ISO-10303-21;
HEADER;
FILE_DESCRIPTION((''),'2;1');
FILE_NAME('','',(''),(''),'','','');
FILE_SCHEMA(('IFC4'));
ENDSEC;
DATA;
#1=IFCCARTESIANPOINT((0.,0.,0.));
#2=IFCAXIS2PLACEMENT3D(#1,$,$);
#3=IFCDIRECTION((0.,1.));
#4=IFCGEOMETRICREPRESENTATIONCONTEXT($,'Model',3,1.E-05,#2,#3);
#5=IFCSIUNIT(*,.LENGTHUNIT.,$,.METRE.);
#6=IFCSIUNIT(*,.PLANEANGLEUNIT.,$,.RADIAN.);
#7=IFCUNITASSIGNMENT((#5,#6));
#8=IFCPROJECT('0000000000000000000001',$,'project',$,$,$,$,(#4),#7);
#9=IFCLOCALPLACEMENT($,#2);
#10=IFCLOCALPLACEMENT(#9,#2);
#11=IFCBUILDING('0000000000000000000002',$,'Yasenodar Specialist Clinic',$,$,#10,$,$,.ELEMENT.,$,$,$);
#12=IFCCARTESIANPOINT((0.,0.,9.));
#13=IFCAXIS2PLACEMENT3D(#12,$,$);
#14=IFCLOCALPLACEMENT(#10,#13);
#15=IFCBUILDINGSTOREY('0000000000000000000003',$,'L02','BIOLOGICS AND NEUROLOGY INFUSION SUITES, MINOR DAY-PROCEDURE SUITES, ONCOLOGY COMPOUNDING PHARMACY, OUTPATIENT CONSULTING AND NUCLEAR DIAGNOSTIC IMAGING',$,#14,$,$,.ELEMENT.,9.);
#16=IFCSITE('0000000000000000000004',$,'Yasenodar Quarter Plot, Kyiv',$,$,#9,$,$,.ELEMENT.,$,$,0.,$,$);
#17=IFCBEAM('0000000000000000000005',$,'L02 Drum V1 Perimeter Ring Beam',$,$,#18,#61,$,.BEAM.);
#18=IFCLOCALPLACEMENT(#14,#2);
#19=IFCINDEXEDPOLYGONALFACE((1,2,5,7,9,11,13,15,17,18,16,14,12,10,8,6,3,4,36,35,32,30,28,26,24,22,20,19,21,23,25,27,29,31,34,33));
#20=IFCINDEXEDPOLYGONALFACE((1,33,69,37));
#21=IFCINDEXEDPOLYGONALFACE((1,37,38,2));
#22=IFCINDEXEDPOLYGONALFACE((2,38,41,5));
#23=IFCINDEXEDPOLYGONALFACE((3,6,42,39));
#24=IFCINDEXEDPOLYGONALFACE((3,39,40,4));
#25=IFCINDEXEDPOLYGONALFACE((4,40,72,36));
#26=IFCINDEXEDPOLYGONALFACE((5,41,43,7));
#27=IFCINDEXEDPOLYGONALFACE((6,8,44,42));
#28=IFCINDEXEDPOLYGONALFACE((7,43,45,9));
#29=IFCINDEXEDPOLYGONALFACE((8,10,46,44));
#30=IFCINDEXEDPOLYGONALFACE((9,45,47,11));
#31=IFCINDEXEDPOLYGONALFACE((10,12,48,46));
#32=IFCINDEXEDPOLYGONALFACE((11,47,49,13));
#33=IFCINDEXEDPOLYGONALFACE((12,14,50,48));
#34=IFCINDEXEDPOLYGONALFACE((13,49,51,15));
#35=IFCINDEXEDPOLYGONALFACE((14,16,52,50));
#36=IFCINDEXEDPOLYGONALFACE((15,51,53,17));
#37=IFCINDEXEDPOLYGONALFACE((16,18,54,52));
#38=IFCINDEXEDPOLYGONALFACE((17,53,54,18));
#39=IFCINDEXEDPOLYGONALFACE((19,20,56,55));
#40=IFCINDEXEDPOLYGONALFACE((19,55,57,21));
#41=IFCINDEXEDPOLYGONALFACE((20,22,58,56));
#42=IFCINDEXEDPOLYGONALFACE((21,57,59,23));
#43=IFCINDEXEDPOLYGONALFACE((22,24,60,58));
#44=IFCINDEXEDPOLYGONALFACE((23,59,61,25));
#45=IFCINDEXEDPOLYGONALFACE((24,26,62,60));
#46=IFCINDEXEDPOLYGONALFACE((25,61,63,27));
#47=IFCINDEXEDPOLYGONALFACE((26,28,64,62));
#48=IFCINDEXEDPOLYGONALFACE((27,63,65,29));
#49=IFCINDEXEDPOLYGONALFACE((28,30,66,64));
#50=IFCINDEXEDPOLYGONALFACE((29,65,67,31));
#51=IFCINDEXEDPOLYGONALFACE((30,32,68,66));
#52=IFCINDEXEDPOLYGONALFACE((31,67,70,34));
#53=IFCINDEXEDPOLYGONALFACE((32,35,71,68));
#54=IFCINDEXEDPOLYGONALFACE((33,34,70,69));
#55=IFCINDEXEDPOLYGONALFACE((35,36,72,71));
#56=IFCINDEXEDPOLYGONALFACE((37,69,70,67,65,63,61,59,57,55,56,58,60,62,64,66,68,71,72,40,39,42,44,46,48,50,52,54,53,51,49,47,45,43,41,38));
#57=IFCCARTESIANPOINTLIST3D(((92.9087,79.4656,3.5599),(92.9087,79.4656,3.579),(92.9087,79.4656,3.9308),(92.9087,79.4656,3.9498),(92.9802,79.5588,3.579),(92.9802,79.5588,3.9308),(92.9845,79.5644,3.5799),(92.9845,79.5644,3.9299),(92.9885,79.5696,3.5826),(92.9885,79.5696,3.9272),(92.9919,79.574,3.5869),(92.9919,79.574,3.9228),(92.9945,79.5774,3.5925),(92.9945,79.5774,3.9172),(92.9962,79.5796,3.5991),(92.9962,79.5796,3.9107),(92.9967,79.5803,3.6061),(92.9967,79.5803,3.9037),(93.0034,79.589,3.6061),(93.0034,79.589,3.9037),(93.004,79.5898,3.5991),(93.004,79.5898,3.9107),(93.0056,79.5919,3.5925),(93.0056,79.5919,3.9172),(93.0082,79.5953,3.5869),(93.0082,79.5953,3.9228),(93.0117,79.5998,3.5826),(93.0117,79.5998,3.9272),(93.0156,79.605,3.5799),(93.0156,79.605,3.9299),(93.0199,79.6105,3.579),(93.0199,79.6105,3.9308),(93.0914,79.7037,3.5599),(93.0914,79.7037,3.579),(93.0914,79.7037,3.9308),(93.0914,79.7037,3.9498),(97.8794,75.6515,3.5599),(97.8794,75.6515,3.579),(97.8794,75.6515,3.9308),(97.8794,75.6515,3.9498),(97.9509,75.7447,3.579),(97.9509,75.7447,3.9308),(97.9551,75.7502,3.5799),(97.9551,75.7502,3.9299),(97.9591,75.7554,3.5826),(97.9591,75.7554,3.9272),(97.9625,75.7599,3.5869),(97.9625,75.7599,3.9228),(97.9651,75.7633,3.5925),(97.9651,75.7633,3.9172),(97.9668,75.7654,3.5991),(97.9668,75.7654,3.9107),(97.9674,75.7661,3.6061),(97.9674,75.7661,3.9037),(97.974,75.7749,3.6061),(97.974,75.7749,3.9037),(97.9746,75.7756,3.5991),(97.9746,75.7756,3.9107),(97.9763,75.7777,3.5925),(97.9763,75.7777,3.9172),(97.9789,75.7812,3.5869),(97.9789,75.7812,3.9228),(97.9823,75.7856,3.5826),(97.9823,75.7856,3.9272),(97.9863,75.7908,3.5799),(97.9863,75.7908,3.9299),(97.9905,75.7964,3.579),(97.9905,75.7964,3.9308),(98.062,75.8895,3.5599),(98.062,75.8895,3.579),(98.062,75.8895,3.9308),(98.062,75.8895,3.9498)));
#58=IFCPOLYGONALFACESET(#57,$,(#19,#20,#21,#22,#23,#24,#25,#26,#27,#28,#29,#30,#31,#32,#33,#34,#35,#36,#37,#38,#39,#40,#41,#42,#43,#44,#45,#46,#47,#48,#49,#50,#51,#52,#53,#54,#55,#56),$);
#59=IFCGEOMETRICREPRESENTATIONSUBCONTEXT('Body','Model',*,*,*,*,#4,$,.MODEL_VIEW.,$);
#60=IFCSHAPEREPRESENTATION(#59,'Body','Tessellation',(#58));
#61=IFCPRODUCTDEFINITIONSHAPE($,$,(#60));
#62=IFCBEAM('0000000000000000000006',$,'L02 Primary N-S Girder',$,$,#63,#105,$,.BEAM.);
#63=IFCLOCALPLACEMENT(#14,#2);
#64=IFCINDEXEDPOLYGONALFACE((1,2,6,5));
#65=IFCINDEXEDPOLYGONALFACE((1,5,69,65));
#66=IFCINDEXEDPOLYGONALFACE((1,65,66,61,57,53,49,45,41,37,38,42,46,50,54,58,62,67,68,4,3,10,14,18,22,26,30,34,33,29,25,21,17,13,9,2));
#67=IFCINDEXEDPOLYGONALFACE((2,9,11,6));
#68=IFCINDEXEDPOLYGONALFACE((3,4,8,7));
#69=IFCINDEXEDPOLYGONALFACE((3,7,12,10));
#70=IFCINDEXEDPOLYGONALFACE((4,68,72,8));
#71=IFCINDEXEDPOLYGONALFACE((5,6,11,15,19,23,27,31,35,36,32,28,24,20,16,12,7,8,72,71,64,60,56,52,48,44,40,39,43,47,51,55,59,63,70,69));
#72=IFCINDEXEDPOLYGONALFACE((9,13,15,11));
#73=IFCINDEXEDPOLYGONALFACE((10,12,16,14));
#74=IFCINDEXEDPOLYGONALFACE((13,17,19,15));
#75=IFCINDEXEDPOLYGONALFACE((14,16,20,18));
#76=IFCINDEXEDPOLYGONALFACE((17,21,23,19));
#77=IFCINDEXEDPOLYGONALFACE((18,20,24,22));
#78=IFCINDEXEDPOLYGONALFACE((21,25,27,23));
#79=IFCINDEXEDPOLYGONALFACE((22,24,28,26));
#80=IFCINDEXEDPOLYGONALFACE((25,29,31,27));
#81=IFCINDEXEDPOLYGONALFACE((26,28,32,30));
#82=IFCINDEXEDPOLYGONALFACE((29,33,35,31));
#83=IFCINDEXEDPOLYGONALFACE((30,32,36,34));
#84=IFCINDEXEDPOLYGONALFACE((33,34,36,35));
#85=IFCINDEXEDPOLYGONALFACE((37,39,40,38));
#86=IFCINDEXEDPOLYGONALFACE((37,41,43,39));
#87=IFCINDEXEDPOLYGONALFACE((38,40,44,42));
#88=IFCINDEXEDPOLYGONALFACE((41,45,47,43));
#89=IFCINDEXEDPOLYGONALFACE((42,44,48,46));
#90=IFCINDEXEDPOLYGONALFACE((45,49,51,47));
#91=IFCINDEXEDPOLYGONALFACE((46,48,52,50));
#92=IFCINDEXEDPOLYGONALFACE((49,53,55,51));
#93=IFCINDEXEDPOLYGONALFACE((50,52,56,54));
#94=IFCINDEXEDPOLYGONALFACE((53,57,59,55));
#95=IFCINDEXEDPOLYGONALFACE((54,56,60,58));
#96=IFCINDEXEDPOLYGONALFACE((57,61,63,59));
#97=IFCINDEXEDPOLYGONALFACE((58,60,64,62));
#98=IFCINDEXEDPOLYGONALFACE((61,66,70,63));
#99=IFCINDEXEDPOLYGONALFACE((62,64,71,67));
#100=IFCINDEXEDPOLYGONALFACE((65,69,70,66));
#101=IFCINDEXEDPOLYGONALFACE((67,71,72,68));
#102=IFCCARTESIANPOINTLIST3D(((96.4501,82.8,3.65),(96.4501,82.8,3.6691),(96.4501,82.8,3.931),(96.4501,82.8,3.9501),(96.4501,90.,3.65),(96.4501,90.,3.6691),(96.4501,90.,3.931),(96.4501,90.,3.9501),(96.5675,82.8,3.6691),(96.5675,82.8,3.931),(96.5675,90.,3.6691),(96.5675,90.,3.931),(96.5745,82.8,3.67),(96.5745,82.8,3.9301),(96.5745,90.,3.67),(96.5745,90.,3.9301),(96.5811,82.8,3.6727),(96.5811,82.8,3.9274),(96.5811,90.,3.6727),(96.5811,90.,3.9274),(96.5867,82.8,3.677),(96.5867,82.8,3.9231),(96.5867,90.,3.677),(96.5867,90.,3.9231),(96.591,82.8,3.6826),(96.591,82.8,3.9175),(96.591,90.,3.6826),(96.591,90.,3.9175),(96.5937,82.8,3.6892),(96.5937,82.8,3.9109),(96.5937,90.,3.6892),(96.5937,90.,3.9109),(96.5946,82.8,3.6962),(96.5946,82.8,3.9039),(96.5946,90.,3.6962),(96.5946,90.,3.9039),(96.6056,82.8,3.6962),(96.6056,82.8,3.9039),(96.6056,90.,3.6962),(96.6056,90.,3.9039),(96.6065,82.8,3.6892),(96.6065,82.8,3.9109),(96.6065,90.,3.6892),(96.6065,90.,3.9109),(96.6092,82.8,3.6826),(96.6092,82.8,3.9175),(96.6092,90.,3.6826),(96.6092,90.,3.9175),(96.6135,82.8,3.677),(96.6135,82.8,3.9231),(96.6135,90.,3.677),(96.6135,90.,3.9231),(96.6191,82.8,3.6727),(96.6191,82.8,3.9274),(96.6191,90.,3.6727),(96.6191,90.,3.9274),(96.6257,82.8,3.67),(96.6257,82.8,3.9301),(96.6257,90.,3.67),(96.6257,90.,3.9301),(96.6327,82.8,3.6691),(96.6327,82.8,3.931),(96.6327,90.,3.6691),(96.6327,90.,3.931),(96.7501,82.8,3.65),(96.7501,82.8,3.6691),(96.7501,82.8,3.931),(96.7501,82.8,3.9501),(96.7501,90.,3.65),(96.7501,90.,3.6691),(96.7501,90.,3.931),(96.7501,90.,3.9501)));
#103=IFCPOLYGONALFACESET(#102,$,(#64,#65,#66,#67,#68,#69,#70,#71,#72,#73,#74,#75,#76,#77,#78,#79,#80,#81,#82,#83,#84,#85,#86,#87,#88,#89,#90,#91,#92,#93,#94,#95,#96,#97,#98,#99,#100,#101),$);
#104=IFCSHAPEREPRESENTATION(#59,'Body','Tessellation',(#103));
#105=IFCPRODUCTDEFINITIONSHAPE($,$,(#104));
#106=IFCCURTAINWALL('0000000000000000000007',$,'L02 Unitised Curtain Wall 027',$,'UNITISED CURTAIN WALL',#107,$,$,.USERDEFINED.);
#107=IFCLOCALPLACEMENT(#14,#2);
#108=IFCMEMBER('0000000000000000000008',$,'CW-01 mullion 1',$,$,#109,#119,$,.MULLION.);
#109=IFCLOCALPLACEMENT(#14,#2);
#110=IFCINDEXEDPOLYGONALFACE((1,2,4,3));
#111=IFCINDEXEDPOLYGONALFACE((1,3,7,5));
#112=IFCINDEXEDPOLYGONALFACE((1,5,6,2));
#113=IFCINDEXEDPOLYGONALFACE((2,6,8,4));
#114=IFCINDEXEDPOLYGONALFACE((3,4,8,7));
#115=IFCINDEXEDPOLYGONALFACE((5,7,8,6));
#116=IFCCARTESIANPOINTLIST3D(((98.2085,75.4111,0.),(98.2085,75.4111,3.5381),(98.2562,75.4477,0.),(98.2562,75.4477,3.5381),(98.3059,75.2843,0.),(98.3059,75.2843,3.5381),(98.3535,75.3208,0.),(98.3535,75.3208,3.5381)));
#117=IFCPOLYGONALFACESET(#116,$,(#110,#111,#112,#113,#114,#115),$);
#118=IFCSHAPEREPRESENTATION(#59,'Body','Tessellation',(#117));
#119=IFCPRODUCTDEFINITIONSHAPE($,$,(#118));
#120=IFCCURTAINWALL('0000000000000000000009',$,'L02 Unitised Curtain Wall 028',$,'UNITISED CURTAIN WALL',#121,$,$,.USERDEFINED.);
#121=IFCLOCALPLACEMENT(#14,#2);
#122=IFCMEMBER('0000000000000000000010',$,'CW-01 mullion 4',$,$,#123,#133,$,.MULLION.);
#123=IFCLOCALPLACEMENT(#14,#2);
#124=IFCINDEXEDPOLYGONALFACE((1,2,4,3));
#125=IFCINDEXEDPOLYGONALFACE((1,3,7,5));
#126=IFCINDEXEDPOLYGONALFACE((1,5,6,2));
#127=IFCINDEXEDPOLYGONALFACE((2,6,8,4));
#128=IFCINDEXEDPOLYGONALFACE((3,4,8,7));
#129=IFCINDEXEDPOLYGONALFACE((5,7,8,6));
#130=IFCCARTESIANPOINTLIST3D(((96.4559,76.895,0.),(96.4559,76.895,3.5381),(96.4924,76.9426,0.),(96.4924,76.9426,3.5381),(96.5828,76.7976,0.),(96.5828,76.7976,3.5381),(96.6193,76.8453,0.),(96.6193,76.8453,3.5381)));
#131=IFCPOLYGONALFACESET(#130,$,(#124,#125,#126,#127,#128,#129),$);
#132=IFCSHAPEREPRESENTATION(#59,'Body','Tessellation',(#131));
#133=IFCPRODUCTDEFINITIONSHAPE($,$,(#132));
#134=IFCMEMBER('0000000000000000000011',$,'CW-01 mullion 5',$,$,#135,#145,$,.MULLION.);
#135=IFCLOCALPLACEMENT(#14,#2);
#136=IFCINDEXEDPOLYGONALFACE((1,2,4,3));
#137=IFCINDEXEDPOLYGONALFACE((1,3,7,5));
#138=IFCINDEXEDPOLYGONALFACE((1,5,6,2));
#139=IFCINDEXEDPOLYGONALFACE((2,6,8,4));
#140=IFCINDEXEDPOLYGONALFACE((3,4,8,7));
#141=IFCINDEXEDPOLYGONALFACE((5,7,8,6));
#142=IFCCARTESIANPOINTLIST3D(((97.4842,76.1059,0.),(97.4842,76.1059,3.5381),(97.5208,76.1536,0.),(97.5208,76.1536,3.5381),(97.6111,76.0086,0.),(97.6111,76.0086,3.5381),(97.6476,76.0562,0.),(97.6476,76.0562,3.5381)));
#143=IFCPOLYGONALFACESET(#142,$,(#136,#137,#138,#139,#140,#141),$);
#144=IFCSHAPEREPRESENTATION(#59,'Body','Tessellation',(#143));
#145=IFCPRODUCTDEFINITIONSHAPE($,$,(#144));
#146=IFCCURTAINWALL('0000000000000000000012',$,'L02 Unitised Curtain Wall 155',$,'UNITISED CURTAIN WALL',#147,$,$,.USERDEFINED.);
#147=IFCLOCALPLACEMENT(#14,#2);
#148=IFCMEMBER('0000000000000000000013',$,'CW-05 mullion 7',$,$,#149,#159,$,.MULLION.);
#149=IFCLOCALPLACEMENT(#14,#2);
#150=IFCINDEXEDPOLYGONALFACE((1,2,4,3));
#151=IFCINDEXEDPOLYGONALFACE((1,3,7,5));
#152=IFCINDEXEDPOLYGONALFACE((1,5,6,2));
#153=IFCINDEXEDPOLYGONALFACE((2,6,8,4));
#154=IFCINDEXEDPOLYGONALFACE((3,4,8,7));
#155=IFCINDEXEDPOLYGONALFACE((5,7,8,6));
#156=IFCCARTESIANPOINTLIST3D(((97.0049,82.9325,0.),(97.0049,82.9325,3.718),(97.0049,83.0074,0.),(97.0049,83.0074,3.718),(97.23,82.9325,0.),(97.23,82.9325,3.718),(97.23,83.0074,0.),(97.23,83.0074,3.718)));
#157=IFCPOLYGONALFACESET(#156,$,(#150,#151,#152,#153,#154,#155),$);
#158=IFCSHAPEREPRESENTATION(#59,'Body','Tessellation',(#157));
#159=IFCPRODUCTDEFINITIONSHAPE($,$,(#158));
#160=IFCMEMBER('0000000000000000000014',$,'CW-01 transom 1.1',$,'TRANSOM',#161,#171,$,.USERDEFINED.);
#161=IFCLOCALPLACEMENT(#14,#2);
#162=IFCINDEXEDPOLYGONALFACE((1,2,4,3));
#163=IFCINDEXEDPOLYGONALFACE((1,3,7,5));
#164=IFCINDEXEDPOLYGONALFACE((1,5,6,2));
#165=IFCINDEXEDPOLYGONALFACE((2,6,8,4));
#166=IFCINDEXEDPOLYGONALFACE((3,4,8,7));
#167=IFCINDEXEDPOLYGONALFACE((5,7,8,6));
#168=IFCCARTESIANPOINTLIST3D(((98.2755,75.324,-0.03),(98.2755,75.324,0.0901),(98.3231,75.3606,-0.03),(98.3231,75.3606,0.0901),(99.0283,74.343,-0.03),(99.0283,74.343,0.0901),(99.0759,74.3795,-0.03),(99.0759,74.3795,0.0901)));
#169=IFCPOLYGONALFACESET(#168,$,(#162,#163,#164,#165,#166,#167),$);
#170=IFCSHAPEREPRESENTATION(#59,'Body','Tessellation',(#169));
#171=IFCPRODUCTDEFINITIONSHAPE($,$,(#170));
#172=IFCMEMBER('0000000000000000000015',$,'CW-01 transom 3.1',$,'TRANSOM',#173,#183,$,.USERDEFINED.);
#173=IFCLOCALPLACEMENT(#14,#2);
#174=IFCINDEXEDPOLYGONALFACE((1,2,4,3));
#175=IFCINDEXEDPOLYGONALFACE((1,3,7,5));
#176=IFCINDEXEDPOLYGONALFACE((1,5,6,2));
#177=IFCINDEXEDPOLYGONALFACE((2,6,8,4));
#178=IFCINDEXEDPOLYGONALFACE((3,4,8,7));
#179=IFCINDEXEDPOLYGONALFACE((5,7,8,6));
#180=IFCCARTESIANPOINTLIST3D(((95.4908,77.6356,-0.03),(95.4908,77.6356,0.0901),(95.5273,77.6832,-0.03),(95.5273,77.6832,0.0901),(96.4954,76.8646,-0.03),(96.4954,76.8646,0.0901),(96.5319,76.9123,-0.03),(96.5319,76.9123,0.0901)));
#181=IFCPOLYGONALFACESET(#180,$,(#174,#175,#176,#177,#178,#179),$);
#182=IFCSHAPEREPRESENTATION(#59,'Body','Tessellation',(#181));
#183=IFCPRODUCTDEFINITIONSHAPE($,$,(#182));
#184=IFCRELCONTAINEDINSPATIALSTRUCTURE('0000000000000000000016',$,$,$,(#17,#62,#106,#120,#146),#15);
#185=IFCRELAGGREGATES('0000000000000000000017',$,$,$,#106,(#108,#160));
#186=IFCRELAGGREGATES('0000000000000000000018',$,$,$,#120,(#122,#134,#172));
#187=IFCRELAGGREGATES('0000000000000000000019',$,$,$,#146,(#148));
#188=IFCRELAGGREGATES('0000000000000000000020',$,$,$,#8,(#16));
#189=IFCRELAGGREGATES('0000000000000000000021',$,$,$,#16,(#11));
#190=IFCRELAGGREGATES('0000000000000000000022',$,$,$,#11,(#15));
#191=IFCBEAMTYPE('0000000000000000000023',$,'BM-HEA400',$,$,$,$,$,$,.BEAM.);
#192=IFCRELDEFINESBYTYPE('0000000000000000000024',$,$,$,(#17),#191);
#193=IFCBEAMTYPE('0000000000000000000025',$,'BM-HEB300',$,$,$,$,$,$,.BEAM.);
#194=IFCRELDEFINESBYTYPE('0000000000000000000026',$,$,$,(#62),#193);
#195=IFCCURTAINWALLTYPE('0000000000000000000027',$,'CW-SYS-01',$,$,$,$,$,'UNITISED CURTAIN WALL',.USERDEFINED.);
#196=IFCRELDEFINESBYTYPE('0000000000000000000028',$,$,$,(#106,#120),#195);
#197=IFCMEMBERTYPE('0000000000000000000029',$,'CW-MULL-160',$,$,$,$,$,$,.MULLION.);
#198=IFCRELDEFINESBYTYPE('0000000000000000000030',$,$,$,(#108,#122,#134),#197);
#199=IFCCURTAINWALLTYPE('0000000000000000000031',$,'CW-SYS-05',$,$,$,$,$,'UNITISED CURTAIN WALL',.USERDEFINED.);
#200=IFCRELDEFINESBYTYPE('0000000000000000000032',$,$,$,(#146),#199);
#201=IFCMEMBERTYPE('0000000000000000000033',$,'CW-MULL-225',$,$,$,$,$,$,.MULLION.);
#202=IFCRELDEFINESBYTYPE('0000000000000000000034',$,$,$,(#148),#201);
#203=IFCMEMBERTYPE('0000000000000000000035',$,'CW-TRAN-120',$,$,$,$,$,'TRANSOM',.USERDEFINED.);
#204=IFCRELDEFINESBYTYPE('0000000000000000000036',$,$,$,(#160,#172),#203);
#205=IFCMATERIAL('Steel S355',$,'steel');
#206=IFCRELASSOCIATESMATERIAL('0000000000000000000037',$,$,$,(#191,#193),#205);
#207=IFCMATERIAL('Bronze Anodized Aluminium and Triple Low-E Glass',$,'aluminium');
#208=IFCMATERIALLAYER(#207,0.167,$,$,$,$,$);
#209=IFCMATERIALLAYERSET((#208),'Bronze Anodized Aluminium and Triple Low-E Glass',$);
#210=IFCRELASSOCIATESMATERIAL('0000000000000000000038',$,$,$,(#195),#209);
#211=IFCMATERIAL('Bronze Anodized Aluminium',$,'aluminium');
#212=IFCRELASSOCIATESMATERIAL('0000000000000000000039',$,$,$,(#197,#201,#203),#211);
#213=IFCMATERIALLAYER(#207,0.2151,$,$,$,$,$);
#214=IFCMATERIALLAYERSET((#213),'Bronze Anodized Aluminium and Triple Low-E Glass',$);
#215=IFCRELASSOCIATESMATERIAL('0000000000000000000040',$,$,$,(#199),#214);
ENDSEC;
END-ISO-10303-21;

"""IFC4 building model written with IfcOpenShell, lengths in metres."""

from ifc_helpers import new_model, si_unit, direction, frame, origin, origin_2d, place, context, subcontext, project, spatial, rectangle, i_section, extrude, material, layer, layer_set, material_profile, profile_set, type_object, element, aggregate, save


model = new_model("IFC4")

# Units and contexts
model_context = context("Model", 3, precision=1e-05, world=origin(), true_north=direction((0.0, 1.0)))
body_context = subcontext(model_context, "Body", "Model", "MODEL_VIEW")
ifc_project = project(units=[si_unit("LENGTHUNIT", "METRE"), si_unit("PLANEANGLEUNIT", "RADIAN")], contexts=[model_context])

# Site, building, storey
site_placement = place(None, origin())
site = spatial("IfcSite", under=ifc_project, at=site_placement, Name="Yasenodar Quarter Plot, Kyiv", CompositionType="ELEMENT", RefElevation=0.0)
building_placement = place(site_placement, origin())
building = spatial("IfcBuilding", under=site, at=building_placement, Name="Yasenodar Specialist Clinic", CompositionType="ELEMENT")
storey_placement = place(building_placement, frame((0.0, 0.0, 9.0)))
storey = spatial("IfcBuildingStorey", under=building, at=storey_placement, Name="L02", Description="BIOLOGICS AND NEUROLOGY INFUSION SUITES, MINOR DAY-PROCEDURE SUITES, ONCOLOGY COMPOUNDING PHARMACY, OUTPATIENT CONSULTING AND NUCLEAR DIAGNOSTIC IMAGING", CompositionType="ELEMENT", Elevation=9.0)

# Shared definitions
ifc_material_1 = material(Name="Steel S355", Category="steel")

# Beams
ifc_material_profile_1 = material_profile(ifc_material_1, i_section(OverallWidth=0.3, OverallDepth=0.3899, WebThickness=0.011, FlangeThickness=0.019, FilletRadius=0.0271, at=origin_2d()), Name="HEA 400")
ifc_profile_set_1 = profile_set([ifc_material_profile_1], Name="Steel S355")
beam_type_1 = type_object("IfcBeamType", Name="BM-HEA400", PredefinedType="BEAM", material=ifc_profile_set_1)
beam_1_placement = place(storey_placement, frame((97.9707, 75.7705, 3.7549), z_axis=(-0.793349, 0.608767, 0.0), x_axis=(-0.608767, -0.793349, 0.0)))
element("IfcBeam", 1, at=beam_1_placement, inside=storey, type_object=beam_type_1, Name="L02 Drum V1 Perimeter Ring Beam", PredefinedType="BEAM", context=body_context, shape_type="SweptSolid", body=[
    extrude(i_section(OverallWidth=0.3, OverallDepth=0.3899, WebThickness=0.011, FlangeThickness=0.019, FilletRadius=0.0271, at=origin_2d()), origin(), (0.0, 0.0, 1.0), 6.2654),
])
ifc_material_profile_2 = material_profile(ifc_material_1, i_section(OverallWidth=0.3, OverallDepth=0.3, WebThickness=0.011, FlangeThickness=0.019, FilletRadius=0.0271, at=origin_2d()), Name="HEB 300")
ifc_profile_set_2 = profile_set([ifc_material_profile_2], Name="Steel S355")
beam_type_2 = type_object("IfcBeamType", Name="BM-HEB300", PredefinedType="BEAM", material=ifc_profile_set_2)
beam_2_placement = place(storey_placement, frame((96.6001, 82.8, 3.8), z_axis=(0.0, 1.0, 0.0), x_axis=(-1.0, 0.0, 0.0)))
element("IfcBeam", 2, at=beam_2_placement, inside=storey, type_object=beam_type_2, Name="L02 Primary N-S Girder", PredefinedType="BEAM", context=body_context, shape_type="SweptSolid", body=[
    extrude(i_section(OverallWidth=0.3, OverallDepth=0.3, WebThickness=0.011, FlangeThickness=0.019, FilletRadius=0.0271, at=origin_2d()), origin(), (0.0, 0.0, 1.0), 7.2),
])

# Curtain wall, member
ifc_material_2 = material(Name="Bronze Anodized Aluminium and Triple Low-E Glass", Category="aluminium")
ifc_layer_1 = layer(ifc_material_2, 0.167)
ifc_layer_set_1 = layer_set([ifc_layer_1], Name="Bronze Anodized Aluminium and Triple Low-E Glass")
curtain_wall_type_1 = type_object("IfcCurtainWallType", Name="CW-SYS-01", ElementType="UNITISED CURTAIN WALL", PredefinedType="USERDEFINED", material=ifc_layer_set_1)
curtain_wall_1_placement = place(storey_placement, origin())
curtain_wall_1 = element("IfcCurtainWall", 3, at=curtain_wall_1_placement, inside=storey, type_object=curtain_wall_type_1, Name="L02 Unitised Curtain Wall 027", ObjectType="UNITISED CURTAIN WALL", PredefinedType="USERDEFINED")
ifc_material_3 = material(Name="Bronze Anodized Aluminium", Category="aluminium")
ifc_material_profile_3 = material_profile(ifc_material_3, rectangle(XDim=0.0601, YDim=0.1599, at=origin_2d()), Name="CW-MULL 60x160")
ifc_profile_set_3 = profile_set([ifc_material_profile_3], Name="Bronze Anodized Aluminium")
member_type_1 = type_object("IfcMemberType", Name="CW-MULL-160", PredefinedType="MULLION", material=ifc_profile_set_3)
member_1_placement = place(storey_placement, frame((98.281, 75.366, 0.0), z_axis=(0.0, 0.0, 1.0), x_axis=(0.793361, 0.608752, 0.0)))
member_1 = element("IfcMember", 4, at=member_1_placement, type_object=member_type_1, Name="CW-01 mullion 1", PredefinedType="MULLION", context=body_context, shape_type="SweptSolid", body=[
    extrude(rectangle(XDim=0.0601, YDim=0.1599, at=origin_2d()), origin(), (0.0, 0.0, 1.0), 3.5381),
])

# Curtain wall, members
curtain_wall_2_placement = place(storey_placement, origin())
curtain_wall_2 = element("IfcCurtainWall", 5, at=curtain_wall_2_placement, inside=storey, type_object=curtain_wall_type_1, Name="L02 Unitised Curtain Wall 028", ObjectType="UNITISED CURTAIN WALL", PredefinedType="USERDEFINED")
member_2_placement = place(storey_placement, frame((96.5376, 76.8701, 0.0), z_axis=(0.0, 0.0, 1.0), x_axis=(0.608752, 0.793361, 0.0)))
member_2 = element("IfcMember", 6, at=member_2_placement, type_object=member_type_1, Name="CW-01 mullion 4", PredefinedType="MULLION", context=body_context, shape_type="SweptSolid", body=[
    extrude(rectangle(XDim=0.0601, YDim=0.1599, at=origin_2d()), origin(), (0.0, 0.0, 1.0), 3.5381),
])
member_3_placement = place(storey_placement, frame((97.5659, 76.0811, 0.0), z_axis=(0.0, 0.0, 1.0), x_axis=(0.608752, 0.793361, 0.0)))
member_3 = element("IfcMember", 7, at=member_3_placement, type_object=member_type_1, Name="CW-01 mullion 5", PredefinedType="MULLION", context=body_context, shape_type="SweptSolid", body=[
    extrude(rectangle(XDim=0.0601, YDim=0.1599, at=origin_2d()), origin(), (0.0, 0.0, 1.0), 3.5381),
])

# Curtain wall, member
ifc_layer_2 = layer(ifc_material_2, 0.2151)
ifc_layer_set_2 = layer_set([ifc_layer_2], Name="Bronze Anodized Aluminium and Triple Low-E Glass")
curtain_wall_type_2 = type_object("IfcCurtainWallType", Name="CW-SYS-05", ElementType="UNITISED CURTAIN WALL", PredefinedType="USERDEFINED", material=ifc_layer_set_2)
curtain_wall_3_placement = place(storey_placement, origin())
curtain_wall_3 = element("IfcCurtainWall", 8, at=curtain_wall_3_placement, inside=storey, type_object=curtain_wall_type_2, Name="L02 Unitised Curtain Wall 155", ObjectType="UNITISED CURTAIN WALL", PredefinedType="USERDEFINED")
ifc_material_profile_4 = material_profile(ifc_material_3, rectangle(XDim=0.075, YDim=0.2251, at=origin_2d()), Name="CW-MULL 75x225")
ifc_profile_set_4 = profile_set([ifc_material_profile_4], Name="Bronze Anodized Aluminium")
member_type_2 = type_object("IfcMemberType", Name="CW-MULL-225", PredefinedType="MULLION", material=ifc_profile_set_4)
member_4_placement = place(storey_placement, frame((97.1174, 82.97, 0.0), z_axis=(0.0, 0.0, 1.0), x_axis=(0.0, -1.0, 0.0)))
member_4 = element("IfcMember", 9, at=member_4_placement, type_object=member_type_2, Name="CW-05 mullion 7", PredefinedType="MULLION", context=body_context, shape_type="SweptSolid", body=[
    extrude(rectangle(XDim=0.075, YDim=0.2251, at=origin_2d()), origin(), (0.0, 0.0, 1.0), 3.718),
])

# Members
ifc_material_profile_5 = material_profile(ifc_material_3, rectangle(XDim=0.0601, YDim=0.1201, at=origin_2d()), Name="CW-TRAN 60x120")
ifc_profile_set_5 = profile_set([ifc_material_profile_5], Name="Bronze Anodized Aluminium")
member_type_3 = type_object("IfcMemberType", Name="CW-TRAN-120", ElementType="TRANSOM", PredefinedType="USERDEFINED", material=ifc_profile_set_5)
member_5_placement = place(storey_placement, frame((98.2993, 75.3423, 0.03), z_axis=(0.608747, -0.793365, 0.0), x_axis=(0.793365, 0.608747, 0.0)))
member_5 = element("IfcMember", 10, at=member_5_placement, type_object=member_type_3, Name="CW-01 transom 1.1", ObjectType="TRANSOM", PredefinedType="USERDEFINED", context=body_context, shape_type="SweptSolid", body=[
    extrude(rectangle(XDim=0.0601, YDim=0.1201, at=origin_2d()), origin(), (0.0, 0.0, 1.0), 1.2366),
])
aggregate(curtain_wall_1, [member_1, member_5])
member_6_placement = place(storey_placement, frame((95.509, 77.6594, 0.03), z_axis=(0.793311, -0.608816, 0.0), x_axis=(0.608816, 0.793311, 0.0)))
member_6 = element("IfcMember", 11, at=member_6_placement, type_object=member_type_3, Name="CW-01 transom 3.1", ObjectType="TRANSOM", PredefinedType="USERDEFINED", context=body_context, shape_type="SweptSolid", body=[
    extrude(rectangle(XDim=0.0601, YDim=0.1201, at=origin_2d()), origin(), (0.0, 0.0, 1.0), 1.2664),
])

aggregate(curtain_wall_2, [member_2, member_3, member_6])
aggregate(curtain_wall_3, [member_4])

save(model, "model.ifc")
